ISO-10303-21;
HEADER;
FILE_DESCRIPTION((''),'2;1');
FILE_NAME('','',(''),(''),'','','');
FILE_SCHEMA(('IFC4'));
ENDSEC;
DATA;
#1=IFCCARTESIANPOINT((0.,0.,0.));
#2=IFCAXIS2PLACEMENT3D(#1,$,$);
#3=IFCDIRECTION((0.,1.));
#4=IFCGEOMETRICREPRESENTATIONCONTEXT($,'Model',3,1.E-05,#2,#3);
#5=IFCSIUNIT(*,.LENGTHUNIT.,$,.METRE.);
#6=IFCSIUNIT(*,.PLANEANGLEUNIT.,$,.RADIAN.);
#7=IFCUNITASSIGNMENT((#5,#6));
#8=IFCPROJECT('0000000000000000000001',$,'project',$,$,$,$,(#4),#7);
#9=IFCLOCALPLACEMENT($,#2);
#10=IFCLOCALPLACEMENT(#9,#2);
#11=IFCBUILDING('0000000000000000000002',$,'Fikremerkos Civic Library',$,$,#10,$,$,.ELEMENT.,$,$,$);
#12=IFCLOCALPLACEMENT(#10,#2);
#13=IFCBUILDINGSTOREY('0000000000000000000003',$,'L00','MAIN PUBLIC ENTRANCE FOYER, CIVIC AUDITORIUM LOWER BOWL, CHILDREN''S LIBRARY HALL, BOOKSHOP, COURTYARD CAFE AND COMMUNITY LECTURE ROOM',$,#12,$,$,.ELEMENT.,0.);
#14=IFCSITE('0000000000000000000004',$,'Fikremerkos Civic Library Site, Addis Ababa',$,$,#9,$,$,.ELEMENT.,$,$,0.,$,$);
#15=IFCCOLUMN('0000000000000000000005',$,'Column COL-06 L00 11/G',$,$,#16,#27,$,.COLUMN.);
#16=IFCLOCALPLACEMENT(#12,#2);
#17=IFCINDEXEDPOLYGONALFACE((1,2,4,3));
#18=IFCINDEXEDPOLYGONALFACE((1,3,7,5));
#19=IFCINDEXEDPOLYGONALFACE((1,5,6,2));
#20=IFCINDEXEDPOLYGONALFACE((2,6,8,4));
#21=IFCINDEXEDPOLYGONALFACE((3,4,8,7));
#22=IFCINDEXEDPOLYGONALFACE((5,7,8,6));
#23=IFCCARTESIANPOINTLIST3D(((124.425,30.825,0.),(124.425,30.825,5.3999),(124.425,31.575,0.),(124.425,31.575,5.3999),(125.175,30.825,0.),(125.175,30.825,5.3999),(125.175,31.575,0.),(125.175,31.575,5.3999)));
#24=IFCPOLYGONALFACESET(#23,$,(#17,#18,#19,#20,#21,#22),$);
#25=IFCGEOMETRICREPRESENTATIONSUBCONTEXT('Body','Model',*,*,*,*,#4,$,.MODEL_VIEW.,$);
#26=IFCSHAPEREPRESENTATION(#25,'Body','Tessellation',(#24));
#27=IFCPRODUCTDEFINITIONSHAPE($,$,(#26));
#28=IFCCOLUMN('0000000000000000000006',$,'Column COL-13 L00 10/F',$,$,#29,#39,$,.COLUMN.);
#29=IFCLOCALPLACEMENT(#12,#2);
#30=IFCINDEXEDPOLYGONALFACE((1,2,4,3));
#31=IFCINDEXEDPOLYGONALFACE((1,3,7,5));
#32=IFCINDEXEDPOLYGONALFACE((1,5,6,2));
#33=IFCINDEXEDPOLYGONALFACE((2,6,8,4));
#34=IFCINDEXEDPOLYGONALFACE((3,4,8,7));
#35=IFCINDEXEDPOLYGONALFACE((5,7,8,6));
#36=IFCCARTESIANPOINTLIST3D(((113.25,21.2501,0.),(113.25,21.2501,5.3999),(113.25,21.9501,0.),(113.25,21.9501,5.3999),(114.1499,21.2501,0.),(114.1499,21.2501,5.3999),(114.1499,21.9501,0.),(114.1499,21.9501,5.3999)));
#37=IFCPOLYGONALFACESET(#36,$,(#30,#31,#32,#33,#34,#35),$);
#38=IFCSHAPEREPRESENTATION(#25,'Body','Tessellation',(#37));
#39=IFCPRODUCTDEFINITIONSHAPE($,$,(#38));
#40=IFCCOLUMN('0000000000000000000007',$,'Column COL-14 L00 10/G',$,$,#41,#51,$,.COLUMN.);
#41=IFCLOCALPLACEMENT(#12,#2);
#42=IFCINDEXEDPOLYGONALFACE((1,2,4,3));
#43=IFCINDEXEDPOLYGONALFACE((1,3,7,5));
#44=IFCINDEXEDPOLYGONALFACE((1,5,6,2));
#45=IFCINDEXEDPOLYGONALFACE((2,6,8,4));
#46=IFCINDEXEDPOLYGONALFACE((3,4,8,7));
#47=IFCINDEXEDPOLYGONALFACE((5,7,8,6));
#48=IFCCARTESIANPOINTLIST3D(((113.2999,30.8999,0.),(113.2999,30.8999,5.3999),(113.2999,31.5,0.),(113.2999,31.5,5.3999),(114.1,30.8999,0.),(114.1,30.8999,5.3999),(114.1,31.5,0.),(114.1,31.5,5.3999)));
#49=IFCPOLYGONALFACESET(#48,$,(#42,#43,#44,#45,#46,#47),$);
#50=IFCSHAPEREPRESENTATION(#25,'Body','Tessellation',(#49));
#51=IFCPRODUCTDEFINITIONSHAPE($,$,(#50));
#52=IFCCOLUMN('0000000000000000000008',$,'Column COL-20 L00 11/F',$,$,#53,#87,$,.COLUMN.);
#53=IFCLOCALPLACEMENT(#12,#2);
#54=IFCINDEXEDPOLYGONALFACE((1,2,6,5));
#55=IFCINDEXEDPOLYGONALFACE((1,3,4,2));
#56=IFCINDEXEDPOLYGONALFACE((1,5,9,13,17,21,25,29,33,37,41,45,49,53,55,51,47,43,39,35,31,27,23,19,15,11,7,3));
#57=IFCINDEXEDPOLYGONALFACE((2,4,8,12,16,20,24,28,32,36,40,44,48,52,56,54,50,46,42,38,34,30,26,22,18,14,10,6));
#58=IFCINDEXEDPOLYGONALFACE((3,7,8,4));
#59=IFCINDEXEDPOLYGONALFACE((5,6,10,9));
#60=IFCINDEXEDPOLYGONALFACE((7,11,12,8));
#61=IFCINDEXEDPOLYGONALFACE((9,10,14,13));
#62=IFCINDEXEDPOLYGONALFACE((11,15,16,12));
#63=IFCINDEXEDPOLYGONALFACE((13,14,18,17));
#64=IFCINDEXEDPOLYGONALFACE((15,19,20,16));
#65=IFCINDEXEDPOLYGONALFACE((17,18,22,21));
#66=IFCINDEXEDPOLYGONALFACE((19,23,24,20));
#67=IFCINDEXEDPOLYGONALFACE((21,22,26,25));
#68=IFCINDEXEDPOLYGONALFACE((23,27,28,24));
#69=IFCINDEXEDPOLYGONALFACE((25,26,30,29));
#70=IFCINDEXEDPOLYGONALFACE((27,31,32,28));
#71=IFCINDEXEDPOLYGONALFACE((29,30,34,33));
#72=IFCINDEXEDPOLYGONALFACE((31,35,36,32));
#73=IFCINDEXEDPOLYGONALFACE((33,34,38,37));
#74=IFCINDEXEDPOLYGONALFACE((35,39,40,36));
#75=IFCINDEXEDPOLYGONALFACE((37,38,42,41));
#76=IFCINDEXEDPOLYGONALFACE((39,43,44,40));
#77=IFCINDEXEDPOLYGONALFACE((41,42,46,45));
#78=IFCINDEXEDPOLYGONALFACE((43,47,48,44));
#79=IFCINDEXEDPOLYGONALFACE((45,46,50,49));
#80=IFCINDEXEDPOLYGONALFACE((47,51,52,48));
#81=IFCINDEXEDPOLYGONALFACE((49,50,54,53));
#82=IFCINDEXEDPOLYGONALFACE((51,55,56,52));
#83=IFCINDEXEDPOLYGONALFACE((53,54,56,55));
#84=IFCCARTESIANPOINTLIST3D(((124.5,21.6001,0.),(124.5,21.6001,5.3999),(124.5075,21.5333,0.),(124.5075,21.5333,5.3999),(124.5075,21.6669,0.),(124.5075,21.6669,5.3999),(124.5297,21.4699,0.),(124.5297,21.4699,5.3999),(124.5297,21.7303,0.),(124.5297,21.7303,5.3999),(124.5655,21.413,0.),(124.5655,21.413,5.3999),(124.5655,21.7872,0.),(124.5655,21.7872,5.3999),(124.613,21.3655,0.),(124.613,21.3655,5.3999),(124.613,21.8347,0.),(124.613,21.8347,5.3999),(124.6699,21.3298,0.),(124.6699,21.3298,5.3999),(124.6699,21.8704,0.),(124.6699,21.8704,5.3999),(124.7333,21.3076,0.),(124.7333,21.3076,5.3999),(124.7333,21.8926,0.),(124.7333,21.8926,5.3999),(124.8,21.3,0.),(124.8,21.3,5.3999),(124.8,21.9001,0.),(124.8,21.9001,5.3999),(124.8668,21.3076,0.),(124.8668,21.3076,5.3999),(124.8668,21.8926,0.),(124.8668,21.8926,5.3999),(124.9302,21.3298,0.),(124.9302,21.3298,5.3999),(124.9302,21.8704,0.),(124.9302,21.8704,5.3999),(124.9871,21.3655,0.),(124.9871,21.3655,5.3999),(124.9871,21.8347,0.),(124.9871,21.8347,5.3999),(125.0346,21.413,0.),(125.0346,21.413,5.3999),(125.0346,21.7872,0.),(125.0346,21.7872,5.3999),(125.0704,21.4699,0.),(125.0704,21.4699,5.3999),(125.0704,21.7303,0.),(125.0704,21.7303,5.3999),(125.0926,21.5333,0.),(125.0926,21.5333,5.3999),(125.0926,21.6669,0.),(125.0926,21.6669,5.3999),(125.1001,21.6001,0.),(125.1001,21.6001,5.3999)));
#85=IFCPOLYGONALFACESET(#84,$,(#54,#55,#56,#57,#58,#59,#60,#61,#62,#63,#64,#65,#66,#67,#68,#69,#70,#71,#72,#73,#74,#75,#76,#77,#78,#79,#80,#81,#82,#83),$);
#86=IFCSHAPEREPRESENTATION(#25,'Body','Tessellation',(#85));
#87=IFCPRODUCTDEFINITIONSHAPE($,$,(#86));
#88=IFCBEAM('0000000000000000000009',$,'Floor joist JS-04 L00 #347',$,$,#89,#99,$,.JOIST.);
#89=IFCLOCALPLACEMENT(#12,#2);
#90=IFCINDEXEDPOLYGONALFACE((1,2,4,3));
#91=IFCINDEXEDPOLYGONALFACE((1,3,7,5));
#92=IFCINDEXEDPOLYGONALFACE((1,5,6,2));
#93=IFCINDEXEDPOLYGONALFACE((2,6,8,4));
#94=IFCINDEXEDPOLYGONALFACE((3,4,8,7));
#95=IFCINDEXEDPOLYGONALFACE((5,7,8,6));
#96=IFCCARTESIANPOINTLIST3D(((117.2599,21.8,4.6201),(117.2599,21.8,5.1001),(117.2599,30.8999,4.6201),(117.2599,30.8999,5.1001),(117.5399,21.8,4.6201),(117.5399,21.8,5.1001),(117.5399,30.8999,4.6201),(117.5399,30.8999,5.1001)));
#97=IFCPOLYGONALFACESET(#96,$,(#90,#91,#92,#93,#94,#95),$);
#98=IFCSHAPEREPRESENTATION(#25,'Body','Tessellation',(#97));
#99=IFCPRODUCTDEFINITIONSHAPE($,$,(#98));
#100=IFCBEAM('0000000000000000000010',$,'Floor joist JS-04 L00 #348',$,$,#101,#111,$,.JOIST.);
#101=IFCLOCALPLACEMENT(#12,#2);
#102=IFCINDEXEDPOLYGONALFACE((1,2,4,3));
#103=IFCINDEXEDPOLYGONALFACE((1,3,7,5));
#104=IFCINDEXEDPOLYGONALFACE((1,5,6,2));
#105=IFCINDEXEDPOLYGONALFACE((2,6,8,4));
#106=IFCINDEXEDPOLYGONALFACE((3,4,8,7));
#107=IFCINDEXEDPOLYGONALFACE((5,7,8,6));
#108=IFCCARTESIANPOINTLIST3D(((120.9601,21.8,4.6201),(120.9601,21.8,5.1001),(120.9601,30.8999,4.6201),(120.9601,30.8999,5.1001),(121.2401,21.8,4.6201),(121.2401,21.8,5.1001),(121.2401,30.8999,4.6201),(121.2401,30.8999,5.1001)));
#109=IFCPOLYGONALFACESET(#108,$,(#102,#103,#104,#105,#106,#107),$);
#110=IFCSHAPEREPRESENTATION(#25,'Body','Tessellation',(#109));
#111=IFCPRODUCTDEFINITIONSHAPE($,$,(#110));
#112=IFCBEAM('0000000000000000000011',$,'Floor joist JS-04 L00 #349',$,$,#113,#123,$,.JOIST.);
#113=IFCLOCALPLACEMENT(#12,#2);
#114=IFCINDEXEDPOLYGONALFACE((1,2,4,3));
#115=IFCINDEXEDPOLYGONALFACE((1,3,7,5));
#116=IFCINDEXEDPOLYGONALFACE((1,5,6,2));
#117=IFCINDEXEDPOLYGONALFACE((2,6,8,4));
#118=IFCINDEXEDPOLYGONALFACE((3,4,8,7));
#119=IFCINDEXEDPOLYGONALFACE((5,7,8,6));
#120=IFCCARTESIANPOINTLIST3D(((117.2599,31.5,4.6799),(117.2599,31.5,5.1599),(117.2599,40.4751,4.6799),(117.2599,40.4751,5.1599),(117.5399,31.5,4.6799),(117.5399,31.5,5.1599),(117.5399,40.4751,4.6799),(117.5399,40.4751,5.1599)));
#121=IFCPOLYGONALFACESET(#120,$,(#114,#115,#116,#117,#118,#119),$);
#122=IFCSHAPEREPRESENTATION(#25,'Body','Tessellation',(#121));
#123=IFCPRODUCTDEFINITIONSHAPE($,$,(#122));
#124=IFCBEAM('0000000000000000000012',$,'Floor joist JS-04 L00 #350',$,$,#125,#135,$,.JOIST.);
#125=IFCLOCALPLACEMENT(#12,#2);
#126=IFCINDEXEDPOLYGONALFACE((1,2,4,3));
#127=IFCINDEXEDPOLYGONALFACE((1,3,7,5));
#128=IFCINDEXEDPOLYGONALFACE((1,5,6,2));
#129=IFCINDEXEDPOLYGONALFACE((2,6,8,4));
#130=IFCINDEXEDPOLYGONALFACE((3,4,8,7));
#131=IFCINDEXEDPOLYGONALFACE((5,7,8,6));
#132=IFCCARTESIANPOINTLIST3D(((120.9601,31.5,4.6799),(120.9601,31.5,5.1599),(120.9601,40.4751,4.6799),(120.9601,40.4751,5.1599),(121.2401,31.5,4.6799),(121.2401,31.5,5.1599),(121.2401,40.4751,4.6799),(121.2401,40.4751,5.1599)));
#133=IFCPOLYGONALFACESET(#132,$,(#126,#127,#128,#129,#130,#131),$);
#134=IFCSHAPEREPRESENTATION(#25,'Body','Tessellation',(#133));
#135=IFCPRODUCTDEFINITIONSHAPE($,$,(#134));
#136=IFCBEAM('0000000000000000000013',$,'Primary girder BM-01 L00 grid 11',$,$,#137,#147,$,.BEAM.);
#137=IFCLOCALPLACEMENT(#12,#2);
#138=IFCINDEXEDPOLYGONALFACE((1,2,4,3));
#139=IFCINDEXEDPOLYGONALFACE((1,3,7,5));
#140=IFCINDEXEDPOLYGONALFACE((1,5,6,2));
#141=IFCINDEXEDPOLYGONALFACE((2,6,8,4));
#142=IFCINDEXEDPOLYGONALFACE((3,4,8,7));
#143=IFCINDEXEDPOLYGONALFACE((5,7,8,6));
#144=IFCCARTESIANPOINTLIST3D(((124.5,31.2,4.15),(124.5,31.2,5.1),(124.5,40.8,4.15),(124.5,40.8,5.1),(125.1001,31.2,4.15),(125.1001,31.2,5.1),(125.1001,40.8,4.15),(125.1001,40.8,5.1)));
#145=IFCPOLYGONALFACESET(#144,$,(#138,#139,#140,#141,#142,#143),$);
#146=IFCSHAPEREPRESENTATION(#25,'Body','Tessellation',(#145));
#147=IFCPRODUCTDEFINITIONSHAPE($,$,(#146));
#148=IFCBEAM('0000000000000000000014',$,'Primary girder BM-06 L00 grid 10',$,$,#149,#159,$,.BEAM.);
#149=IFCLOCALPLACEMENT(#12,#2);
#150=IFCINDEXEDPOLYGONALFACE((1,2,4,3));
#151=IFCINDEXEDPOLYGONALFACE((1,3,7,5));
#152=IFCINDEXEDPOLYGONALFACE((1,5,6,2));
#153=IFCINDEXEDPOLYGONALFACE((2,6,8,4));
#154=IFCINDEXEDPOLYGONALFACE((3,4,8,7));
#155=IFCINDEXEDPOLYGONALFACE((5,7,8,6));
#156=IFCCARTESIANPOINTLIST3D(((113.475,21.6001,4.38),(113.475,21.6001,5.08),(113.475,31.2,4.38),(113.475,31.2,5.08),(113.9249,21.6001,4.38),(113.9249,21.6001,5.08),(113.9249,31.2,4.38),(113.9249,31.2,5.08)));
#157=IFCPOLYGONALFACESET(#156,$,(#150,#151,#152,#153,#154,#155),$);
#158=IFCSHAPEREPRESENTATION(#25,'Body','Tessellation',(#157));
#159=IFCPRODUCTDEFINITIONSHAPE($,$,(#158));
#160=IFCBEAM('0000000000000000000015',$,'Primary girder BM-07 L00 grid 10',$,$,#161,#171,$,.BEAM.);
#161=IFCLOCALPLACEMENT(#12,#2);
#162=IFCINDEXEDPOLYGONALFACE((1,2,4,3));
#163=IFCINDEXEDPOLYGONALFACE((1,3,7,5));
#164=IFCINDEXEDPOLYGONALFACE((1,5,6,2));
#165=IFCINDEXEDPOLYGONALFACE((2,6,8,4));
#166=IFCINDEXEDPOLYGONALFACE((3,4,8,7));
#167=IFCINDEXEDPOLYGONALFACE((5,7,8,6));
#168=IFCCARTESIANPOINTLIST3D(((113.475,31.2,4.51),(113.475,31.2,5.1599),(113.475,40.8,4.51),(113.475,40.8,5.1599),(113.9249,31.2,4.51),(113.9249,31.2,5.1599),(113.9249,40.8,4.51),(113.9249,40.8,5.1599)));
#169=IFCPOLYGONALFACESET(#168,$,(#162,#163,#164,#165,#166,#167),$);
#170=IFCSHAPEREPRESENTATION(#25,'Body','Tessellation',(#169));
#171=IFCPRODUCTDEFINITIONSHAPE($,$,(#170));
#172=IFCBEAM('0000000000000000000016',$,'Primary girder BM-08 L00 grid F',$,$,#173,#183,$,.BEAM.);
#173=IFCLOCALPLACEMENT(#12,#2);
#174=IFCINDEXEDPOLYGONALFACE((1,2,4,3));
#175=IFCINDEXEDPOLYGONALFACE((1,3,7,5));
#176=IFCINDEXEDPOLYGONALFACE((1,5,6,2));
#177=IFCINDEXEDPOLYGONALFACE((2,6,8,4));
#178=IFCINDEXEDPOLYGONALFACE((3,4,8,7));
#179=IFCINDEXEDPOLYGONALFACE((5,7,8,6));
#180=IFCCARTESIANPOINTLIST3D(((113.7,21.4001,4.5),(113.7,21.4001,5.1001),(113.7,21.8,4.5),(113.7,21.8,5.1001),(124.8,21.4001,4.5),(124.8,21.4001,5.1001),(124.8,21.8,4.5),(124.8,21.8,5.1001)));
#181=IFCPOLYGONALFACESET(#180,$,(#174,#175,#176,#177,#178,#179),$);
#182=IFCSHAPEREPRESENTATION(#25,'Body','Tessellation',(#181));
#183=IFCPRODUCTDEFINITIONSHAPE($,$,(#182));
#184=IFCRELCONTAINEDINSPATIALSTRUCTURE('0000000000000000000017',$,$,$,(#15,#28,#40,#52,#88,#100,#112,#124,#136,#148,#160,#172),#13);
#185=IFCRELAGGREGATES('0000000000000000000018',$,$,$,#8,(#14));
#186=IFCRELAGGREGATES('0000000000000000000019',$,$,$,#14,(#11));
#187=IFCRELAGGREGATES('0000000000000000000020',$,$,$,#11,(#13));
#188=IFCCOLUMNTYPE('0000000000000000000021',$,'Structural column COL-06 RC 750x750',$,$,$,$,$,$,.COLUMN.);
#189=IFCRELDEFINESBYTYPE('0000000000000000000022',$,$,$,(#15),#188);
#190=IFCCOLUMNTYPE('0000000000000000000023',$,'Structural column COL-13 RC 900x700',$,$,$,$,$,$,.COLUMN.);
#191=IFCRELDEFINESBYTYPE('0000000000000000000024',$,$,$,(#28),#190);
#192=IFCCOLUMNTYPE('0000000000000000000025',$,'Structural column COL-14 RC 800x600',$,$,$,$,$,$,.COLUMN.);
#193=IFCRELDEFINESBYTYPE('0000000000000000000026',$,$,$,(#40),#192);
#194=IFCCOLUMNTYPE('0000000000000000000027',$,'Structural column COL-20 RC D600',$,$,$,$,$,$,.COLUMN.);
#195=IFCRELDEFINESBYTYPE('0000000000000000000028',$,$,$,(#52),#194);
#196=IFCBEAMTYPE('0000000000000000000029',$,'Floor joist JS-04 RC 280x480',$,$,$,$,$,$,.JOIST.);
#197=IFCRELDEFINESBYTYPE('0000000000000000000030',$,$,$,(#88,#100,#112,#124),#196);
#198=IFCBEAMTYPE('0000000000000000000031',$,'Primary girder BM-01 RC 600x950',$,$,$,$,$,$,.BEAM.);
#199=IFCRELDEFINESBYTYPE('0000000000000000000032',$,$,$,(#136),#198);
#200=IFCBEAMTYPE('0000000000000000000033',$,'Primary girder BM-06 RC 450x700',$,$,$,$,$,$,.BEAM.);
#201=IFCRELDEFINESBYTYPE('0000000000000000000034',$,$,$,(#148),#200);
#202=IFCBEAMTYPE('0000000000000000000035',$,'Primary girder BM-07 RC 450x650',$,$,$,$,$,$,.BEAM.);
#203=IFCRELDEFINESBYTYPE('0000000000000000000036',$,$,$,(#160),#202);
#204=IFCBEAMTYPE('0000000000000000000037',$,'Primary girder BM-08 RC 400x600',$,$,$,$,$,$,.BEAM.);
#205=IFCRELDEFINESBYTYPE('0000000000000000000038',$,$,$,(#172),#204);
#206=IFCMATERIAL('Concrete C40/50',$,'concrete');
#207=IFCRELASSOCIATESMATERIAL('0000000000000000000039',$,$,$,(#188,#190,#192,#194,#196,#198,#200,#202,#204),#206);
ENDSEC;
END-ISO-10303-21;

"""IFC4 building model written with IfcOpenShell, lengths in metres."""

from ifc_helpers import new_model, si_unit, direction, frame, origin, origin_2d, place, context, subcontext, project, spatial, rectangle, circle, extrude, material, material_profile, profile_set, type_object, element, save


model = new_model("IFC4")

# Units and contexts
model_context = context("Model", 3, precision=1e-05, world=origin(), true_north=direction((0.0, 1.0)))
body_context = subcontext(model_context, "Body", "Model", "MODEL_VIEW")
ifc_project = project(units=[si_unit("LENGTHUNIT", "METRE"), si_unit("PLANEANGLEUNIT", "RADIAN")], contexts=[model_context])

# Site, building, storey
site_placement = place(None, origin())
site = spatial("IfcSite", under=ifc_project, at=site_placement, Name="Fikremerkos Civic Library Site, Addis Ababa", CompositionType="ELEMENT", RefElevation=0.0)
building_placement = place(site_placement, origin())
building = spatial("IfcBuilding", under=site, at=building_placement, Name="Fikremerkos Civic Library", CompositionType="ELEMENT")
storey_placement = place(building_placement, origin())
storey = spatial("IfcBuildingStorey", under=building, at=storey_placement, Name="L00", Description="MAIN PUBLIC ENTRANCE FOYER, CIVIC AUDITORIUM LOWER BOWL, CHILDREN'S LIBRARY HALL, BOOKSHOP, COURTYARD CAFE AND COMMUNITY LECTURE ROOM", CompositionType="ELEMENT", Elevation=0.0)

# Columns
ifc_material_1 = material(Name="Concrete C40/50", Category="concrete")
ifc_material_profile_1 = material_profile(ifc_material_1, rectangle(XDim=0.75, YDim=0.75, at=origin_2d()), Name="RC 750x750")
ifc_profile_set_1 = profile_set([ifc_material_profile_1], Name="Concrete C40/50")
column_type_1 = type_object("IfcColumnType", Name="Structural column COL-06 RC 750x750", PredefinedType="COLUMN", material=ifc_profile_set_1)
column_1_placement = place(storey_placement, frame((124.8, 31.2, 0.0), z_axis=(0.0, 0.0, 1.0), x_axis=(1.0, 0.0, 0.0)))
element("IfcColumn", 1, at=column_1_placement, inside=storey, type_object=column_type_1, Name="Column COL-06 L00 11/G", PredefinedType="COLUMN", context=body_context, shape_type="SweptSolid", body=[
    extrude(rectangle(XDim=0.75, YDim=0.75, at=origin_2d()), origin(), (0.0, 0.0, 1.0), 5.3999),
])
ifc_material_profile_2 = material_profile(ifc_material_1, rectangle(XDim=0.8999, YDim=0.7, at=origin_2d()), Name="RC 900x700")
ifc_profile_set_2 = profile_set([ifc_material_profile_2], Name="Concrete C40/50")
column_type_2 = type_object("IfcColumnType", Name="Structural column COL-13 RC 900x700", PredefinedType="COLUMN", material=ifc_profile_set_2)
column_2_placement = place(storey_placement, frame((113.7, 21.6001, 0.0), z_axis=(0.0, 0.0, 1.0), x_axis=(1.0, 0.0, 0.0)))
element("IfcColumn", 2, at=column_2_placement, inside=storey, type_object=column_type_2, Name="Column COL-13 L00 10/F", PredefinedType="COLUMN", context=body_context, shape_type="SweptSolid", body=[
    extrude(rectangle(XDim=0.8999, YDim=0.7, at=origin_2d()), origin(), (0.0, 0.0, 1.0), 5.3999),
])
ifc_material_profile_3 = material_profile(ifc_material_1, rectangle(XDim=0.8, YDim=0.6001, at=origin_2d()), Name="RC 800x600")
ifc_profile_set_3 = profile_set([ifc_material_profile_3], Name="Concrete C40/50")
column_type_3 = type_object("IfcColumnType", Name="Structural column COL-14 RC 800x600", PredefinedType="COLUMN", material=ifc_profile_set_3)
column_3_placement = place(storey_placement, frame((113.7, 31.2, 0.0), z_axis=(0.0, 0.0, 1.0), x_axis=(1.0, 0.0, 0.0)))
element("IfcColumn", 3, at=column_3_placement, inside=storey, type_object=column_type_3, Name="Column COL-14 L00 10/G", PredefinedType="COLUMN", context=body_context, shape_type="SweptSolid", body=[
    extrude(rectangle(XDim=0.8, YDim=0.6001, at=origin_2d()), origin(), (0.0, 0.0, 1.0), 5.3999),
])
ifc_material_profile_4 = material_profile(ifc_material_1, circle(Radius=0.3, at=origin_2d()), Name="RC D600")
ifc_profile_set_4 = profile_set([ifc_material_profile_4], Name="Concrete C40/50")
column_type_4 = type_object("IfcColumnType", Name="Structural column COL-20 RC D600", PredefinedType="COLUMN", material=ifc_profile_set_4)
column_4_placement = place(storey_placement, frame((124.8, 21.6001, 0.0), z_axis=(0.0, 0.0, 1.0), x_axis=(1.0, 0.0, 0.0)))
element("IfcColumn", 4, at=column_4_placement, inside=storey, type_object=column_type_4, Name="Column COL-20 L00 11/F", PredefinedType="COLUMN", context=body_context, shape_type="SweptSolid", body=[
    extrude(circle(Radius=0.3, at=origin_2d()), origin(), (0.0, 0.0, 1.0), 5.3999),
])

# Beams
ifc_material_profile_5 = material_profile(ifc_material_1, rectangle(XDim=0.28, YDim=0.48, at=origin_2d()), Name="RC 280x480")
ifc_profile_set_5 = profile_set([ifc_material_profile_5], Name="Concrete C40/50")
beam_type_1 = type_object("IfcBeamType", Name="Floor joist JS-04 RC 280x480", PredefinedType="JOIST", material=ifc_profile_set_5)
for number, where, z_axis, x_axis, name in (
    (5, (117.3999, 21.8, 4.8601), (0.0, 1.0, 0.0), (-1.0, 0.0, 0.0), "Floor joist JS-04 L00 #347"),
    (6, (121.1001, 21.8, 4.8601), (0.0, 1.0, 0.0), (-1.0, 0.0, 0.0), "Floor joist JS-04 L00 #348"),
):
    element("IfcBeam", number, at=place(storey_placement, frame(where, z_axis=z_axis, x_axis=x_axis)), inside=storey, type_object=beam_type_1, Name=name, PredefinedType="JOIST", context=body_context, shape_type="SweptSolid", body=[
        extrude(rectangle(XDim=0.28, YDim=0.48, at=origin_2d()), origin(), (0.0, 0.0, 1.0), 9.0999),
    ])
for number, where, z_axis, x_axis, name in (
    (7, (117.3999, 31.5, 4.9199), (0.0, 1.0, 0.0), (-1.0, 0.0, 0.0), "Floor joist JS-04 L00 #349"),
    (8, (121.1001, 31.5, 4.9199), (0.0, 1.0, 0.0), (-1.0, 0.0, 0.0), "Floor joist JS-04 L00 #350"),
):
    element("IfcBeam", number, at=place(storey_placement, frame(where, z_axis=z_axis, x_axis=x_axis)), inside=storey, type_object=beam_type_1, Name=name, PredefinedType="JOIST", context=body_context, shape_type="SweptSolid", body=[
        extrude(rectangle(XDim=0.28, YDim=0.48, at=origin_2d()), origin(), (0.0, 0.0, 1.0), 8.9751),
    ])
ifc_material_profile_6 = material_profile(ifc_material_1, rectangle(XDim=0.6001, YDim=0.95, at=origin_2d()), Name="RC 600x950")
ifc_profile_set_6 = profile_set([ifc_material_profile_6], Name="Concrete C40/50")
beam_type_2 = type_object("IfcBeamType", Name="Primary girder BM-01 RC 600x950", PredefinedType="BEAM", material=ifc_profile_set_6)
beam_1_placement = place(storey_placement, frame((124.8, 31.2, 4.625), z_axis=(0.0, 1.0, 0.0), x_axis=(-1.0, 0.0, 0.0)))
element("IfcBeam", 9, at=beam_1_placement, inside=storey, type_object=beam_type_2, Name="Primary girder BM-01 L00 grid 11", PredefinedType="BEAM", context=body_context, shape_type="SweptSolid", body=[
    extrude(rectangle(XDim=0.6001, YDim=0.95, at=origin_2d()), origin(), (0.0, 0.0, 1.0), 9.6001),
])
ifc_material_profile_7 = material_profile(ifc_material_1, rectangle(XDim=0.45, YDim=0.7, at=origin_2d()), Name="RC 450x700")
ifc_profile_set_7 = profile_set([ifc_material_profile_7], Name="Concrete C40/50")
beam_type_3 = type_object("IfcBeamType", Name="Primary girder BM-06 RC 450x700", PredefinedType="BEAM", material=ifc_profile_set_7)
beam_2_placement = place(storey_placement, frame((113.7, 21.6001, 4.73), z_axis=(0.0, 1.0, 0.0), x_axis=(-1.0, 0.0, 0.0)))
element("IfcBeam", 10, at=beam_2_placement, inside=storey, type_object=beam_type_3, Name="Primary girder BM-06 L00 grid 10", PredefinedType="BEAM", context=body_context, shape_type="SweptSolid", body=[
    extrude(rectangle(XDim=0.45, YDim=0.7, at=origin_2d()), origin(), (0.0, 0.0, 1.0), 9.5999),
])
ifc_material_profile_8 = material_profile(ifc_material_1, rectangle(XDim=0.45, YDim=0.6499, at=origin_2d()), Name="RC 450x650")
ifc_profile_set_8 = profile_set([ifc_material_profile_8], Name="Concrete C40/50")
beam_type_4 = type_object("IfcBeamType", Name="Primary girder BM-07 RC 450x650", PredefinedType="BEAM", material=ifc_profile_set_8)
beam_3_placement = place(storey_placement, frame((113.7, 31.2, 4.835), z_axis=(0.0, 1.0, 0.0), x_axis=(-1.0, 0.0, 0.0)))
element("IfcBeam", 11, at=beam_3_placement, inside=storey, type_object=beam_type_4, Name="Primary girder BM-07 L00 grid 10", PredefinedType="BEAM", context=body_context, shape_type="SweptSolid", body=[
    extrude(rectangle(XDim=0.45, YDim=0.6499, at=origin_2d()), origin(), (0.0, 0.0, 1.0), 9.6001),
])
ifc_material_profile_9 = material_profile(ifc_material_1, rectangle(XDim=0.3999, YDim=0.6001, at=origin_2d()), Name="RC 400x600")
ifc_profile_set_9 = profile_set([ifc_material_profile_9], Name="Concrete C40/50")
beam_type_5 = type_object("IfcBeamType", Name="Primary girder BM-08 RC 400x600", PredefinedType="BEAM", material=ifc_profile_set_9)
beam_4_placement = place(storey_placement, frame((113.7, 21.6001, 4.8), z_axis=(1.0, 0.0, 0.0), x_axis=(0.0, 1.0, 0.0)))
element("IfcBeam", 12, at=beam_4_placement, inside=storey, type_object=beam_type_5, Name="Primary girder BM-08 L00 grid F", PredefinedType="BEAM", context=body_context, shape_type="SweptSolid", body=[
    extrude(rectangle(XDim=0.3999, YDim=0.6001, at=origin_2d()), origin(), (0.0, 0.0, 1.0), 11.1001),
])

save(model, "model.ifc")
